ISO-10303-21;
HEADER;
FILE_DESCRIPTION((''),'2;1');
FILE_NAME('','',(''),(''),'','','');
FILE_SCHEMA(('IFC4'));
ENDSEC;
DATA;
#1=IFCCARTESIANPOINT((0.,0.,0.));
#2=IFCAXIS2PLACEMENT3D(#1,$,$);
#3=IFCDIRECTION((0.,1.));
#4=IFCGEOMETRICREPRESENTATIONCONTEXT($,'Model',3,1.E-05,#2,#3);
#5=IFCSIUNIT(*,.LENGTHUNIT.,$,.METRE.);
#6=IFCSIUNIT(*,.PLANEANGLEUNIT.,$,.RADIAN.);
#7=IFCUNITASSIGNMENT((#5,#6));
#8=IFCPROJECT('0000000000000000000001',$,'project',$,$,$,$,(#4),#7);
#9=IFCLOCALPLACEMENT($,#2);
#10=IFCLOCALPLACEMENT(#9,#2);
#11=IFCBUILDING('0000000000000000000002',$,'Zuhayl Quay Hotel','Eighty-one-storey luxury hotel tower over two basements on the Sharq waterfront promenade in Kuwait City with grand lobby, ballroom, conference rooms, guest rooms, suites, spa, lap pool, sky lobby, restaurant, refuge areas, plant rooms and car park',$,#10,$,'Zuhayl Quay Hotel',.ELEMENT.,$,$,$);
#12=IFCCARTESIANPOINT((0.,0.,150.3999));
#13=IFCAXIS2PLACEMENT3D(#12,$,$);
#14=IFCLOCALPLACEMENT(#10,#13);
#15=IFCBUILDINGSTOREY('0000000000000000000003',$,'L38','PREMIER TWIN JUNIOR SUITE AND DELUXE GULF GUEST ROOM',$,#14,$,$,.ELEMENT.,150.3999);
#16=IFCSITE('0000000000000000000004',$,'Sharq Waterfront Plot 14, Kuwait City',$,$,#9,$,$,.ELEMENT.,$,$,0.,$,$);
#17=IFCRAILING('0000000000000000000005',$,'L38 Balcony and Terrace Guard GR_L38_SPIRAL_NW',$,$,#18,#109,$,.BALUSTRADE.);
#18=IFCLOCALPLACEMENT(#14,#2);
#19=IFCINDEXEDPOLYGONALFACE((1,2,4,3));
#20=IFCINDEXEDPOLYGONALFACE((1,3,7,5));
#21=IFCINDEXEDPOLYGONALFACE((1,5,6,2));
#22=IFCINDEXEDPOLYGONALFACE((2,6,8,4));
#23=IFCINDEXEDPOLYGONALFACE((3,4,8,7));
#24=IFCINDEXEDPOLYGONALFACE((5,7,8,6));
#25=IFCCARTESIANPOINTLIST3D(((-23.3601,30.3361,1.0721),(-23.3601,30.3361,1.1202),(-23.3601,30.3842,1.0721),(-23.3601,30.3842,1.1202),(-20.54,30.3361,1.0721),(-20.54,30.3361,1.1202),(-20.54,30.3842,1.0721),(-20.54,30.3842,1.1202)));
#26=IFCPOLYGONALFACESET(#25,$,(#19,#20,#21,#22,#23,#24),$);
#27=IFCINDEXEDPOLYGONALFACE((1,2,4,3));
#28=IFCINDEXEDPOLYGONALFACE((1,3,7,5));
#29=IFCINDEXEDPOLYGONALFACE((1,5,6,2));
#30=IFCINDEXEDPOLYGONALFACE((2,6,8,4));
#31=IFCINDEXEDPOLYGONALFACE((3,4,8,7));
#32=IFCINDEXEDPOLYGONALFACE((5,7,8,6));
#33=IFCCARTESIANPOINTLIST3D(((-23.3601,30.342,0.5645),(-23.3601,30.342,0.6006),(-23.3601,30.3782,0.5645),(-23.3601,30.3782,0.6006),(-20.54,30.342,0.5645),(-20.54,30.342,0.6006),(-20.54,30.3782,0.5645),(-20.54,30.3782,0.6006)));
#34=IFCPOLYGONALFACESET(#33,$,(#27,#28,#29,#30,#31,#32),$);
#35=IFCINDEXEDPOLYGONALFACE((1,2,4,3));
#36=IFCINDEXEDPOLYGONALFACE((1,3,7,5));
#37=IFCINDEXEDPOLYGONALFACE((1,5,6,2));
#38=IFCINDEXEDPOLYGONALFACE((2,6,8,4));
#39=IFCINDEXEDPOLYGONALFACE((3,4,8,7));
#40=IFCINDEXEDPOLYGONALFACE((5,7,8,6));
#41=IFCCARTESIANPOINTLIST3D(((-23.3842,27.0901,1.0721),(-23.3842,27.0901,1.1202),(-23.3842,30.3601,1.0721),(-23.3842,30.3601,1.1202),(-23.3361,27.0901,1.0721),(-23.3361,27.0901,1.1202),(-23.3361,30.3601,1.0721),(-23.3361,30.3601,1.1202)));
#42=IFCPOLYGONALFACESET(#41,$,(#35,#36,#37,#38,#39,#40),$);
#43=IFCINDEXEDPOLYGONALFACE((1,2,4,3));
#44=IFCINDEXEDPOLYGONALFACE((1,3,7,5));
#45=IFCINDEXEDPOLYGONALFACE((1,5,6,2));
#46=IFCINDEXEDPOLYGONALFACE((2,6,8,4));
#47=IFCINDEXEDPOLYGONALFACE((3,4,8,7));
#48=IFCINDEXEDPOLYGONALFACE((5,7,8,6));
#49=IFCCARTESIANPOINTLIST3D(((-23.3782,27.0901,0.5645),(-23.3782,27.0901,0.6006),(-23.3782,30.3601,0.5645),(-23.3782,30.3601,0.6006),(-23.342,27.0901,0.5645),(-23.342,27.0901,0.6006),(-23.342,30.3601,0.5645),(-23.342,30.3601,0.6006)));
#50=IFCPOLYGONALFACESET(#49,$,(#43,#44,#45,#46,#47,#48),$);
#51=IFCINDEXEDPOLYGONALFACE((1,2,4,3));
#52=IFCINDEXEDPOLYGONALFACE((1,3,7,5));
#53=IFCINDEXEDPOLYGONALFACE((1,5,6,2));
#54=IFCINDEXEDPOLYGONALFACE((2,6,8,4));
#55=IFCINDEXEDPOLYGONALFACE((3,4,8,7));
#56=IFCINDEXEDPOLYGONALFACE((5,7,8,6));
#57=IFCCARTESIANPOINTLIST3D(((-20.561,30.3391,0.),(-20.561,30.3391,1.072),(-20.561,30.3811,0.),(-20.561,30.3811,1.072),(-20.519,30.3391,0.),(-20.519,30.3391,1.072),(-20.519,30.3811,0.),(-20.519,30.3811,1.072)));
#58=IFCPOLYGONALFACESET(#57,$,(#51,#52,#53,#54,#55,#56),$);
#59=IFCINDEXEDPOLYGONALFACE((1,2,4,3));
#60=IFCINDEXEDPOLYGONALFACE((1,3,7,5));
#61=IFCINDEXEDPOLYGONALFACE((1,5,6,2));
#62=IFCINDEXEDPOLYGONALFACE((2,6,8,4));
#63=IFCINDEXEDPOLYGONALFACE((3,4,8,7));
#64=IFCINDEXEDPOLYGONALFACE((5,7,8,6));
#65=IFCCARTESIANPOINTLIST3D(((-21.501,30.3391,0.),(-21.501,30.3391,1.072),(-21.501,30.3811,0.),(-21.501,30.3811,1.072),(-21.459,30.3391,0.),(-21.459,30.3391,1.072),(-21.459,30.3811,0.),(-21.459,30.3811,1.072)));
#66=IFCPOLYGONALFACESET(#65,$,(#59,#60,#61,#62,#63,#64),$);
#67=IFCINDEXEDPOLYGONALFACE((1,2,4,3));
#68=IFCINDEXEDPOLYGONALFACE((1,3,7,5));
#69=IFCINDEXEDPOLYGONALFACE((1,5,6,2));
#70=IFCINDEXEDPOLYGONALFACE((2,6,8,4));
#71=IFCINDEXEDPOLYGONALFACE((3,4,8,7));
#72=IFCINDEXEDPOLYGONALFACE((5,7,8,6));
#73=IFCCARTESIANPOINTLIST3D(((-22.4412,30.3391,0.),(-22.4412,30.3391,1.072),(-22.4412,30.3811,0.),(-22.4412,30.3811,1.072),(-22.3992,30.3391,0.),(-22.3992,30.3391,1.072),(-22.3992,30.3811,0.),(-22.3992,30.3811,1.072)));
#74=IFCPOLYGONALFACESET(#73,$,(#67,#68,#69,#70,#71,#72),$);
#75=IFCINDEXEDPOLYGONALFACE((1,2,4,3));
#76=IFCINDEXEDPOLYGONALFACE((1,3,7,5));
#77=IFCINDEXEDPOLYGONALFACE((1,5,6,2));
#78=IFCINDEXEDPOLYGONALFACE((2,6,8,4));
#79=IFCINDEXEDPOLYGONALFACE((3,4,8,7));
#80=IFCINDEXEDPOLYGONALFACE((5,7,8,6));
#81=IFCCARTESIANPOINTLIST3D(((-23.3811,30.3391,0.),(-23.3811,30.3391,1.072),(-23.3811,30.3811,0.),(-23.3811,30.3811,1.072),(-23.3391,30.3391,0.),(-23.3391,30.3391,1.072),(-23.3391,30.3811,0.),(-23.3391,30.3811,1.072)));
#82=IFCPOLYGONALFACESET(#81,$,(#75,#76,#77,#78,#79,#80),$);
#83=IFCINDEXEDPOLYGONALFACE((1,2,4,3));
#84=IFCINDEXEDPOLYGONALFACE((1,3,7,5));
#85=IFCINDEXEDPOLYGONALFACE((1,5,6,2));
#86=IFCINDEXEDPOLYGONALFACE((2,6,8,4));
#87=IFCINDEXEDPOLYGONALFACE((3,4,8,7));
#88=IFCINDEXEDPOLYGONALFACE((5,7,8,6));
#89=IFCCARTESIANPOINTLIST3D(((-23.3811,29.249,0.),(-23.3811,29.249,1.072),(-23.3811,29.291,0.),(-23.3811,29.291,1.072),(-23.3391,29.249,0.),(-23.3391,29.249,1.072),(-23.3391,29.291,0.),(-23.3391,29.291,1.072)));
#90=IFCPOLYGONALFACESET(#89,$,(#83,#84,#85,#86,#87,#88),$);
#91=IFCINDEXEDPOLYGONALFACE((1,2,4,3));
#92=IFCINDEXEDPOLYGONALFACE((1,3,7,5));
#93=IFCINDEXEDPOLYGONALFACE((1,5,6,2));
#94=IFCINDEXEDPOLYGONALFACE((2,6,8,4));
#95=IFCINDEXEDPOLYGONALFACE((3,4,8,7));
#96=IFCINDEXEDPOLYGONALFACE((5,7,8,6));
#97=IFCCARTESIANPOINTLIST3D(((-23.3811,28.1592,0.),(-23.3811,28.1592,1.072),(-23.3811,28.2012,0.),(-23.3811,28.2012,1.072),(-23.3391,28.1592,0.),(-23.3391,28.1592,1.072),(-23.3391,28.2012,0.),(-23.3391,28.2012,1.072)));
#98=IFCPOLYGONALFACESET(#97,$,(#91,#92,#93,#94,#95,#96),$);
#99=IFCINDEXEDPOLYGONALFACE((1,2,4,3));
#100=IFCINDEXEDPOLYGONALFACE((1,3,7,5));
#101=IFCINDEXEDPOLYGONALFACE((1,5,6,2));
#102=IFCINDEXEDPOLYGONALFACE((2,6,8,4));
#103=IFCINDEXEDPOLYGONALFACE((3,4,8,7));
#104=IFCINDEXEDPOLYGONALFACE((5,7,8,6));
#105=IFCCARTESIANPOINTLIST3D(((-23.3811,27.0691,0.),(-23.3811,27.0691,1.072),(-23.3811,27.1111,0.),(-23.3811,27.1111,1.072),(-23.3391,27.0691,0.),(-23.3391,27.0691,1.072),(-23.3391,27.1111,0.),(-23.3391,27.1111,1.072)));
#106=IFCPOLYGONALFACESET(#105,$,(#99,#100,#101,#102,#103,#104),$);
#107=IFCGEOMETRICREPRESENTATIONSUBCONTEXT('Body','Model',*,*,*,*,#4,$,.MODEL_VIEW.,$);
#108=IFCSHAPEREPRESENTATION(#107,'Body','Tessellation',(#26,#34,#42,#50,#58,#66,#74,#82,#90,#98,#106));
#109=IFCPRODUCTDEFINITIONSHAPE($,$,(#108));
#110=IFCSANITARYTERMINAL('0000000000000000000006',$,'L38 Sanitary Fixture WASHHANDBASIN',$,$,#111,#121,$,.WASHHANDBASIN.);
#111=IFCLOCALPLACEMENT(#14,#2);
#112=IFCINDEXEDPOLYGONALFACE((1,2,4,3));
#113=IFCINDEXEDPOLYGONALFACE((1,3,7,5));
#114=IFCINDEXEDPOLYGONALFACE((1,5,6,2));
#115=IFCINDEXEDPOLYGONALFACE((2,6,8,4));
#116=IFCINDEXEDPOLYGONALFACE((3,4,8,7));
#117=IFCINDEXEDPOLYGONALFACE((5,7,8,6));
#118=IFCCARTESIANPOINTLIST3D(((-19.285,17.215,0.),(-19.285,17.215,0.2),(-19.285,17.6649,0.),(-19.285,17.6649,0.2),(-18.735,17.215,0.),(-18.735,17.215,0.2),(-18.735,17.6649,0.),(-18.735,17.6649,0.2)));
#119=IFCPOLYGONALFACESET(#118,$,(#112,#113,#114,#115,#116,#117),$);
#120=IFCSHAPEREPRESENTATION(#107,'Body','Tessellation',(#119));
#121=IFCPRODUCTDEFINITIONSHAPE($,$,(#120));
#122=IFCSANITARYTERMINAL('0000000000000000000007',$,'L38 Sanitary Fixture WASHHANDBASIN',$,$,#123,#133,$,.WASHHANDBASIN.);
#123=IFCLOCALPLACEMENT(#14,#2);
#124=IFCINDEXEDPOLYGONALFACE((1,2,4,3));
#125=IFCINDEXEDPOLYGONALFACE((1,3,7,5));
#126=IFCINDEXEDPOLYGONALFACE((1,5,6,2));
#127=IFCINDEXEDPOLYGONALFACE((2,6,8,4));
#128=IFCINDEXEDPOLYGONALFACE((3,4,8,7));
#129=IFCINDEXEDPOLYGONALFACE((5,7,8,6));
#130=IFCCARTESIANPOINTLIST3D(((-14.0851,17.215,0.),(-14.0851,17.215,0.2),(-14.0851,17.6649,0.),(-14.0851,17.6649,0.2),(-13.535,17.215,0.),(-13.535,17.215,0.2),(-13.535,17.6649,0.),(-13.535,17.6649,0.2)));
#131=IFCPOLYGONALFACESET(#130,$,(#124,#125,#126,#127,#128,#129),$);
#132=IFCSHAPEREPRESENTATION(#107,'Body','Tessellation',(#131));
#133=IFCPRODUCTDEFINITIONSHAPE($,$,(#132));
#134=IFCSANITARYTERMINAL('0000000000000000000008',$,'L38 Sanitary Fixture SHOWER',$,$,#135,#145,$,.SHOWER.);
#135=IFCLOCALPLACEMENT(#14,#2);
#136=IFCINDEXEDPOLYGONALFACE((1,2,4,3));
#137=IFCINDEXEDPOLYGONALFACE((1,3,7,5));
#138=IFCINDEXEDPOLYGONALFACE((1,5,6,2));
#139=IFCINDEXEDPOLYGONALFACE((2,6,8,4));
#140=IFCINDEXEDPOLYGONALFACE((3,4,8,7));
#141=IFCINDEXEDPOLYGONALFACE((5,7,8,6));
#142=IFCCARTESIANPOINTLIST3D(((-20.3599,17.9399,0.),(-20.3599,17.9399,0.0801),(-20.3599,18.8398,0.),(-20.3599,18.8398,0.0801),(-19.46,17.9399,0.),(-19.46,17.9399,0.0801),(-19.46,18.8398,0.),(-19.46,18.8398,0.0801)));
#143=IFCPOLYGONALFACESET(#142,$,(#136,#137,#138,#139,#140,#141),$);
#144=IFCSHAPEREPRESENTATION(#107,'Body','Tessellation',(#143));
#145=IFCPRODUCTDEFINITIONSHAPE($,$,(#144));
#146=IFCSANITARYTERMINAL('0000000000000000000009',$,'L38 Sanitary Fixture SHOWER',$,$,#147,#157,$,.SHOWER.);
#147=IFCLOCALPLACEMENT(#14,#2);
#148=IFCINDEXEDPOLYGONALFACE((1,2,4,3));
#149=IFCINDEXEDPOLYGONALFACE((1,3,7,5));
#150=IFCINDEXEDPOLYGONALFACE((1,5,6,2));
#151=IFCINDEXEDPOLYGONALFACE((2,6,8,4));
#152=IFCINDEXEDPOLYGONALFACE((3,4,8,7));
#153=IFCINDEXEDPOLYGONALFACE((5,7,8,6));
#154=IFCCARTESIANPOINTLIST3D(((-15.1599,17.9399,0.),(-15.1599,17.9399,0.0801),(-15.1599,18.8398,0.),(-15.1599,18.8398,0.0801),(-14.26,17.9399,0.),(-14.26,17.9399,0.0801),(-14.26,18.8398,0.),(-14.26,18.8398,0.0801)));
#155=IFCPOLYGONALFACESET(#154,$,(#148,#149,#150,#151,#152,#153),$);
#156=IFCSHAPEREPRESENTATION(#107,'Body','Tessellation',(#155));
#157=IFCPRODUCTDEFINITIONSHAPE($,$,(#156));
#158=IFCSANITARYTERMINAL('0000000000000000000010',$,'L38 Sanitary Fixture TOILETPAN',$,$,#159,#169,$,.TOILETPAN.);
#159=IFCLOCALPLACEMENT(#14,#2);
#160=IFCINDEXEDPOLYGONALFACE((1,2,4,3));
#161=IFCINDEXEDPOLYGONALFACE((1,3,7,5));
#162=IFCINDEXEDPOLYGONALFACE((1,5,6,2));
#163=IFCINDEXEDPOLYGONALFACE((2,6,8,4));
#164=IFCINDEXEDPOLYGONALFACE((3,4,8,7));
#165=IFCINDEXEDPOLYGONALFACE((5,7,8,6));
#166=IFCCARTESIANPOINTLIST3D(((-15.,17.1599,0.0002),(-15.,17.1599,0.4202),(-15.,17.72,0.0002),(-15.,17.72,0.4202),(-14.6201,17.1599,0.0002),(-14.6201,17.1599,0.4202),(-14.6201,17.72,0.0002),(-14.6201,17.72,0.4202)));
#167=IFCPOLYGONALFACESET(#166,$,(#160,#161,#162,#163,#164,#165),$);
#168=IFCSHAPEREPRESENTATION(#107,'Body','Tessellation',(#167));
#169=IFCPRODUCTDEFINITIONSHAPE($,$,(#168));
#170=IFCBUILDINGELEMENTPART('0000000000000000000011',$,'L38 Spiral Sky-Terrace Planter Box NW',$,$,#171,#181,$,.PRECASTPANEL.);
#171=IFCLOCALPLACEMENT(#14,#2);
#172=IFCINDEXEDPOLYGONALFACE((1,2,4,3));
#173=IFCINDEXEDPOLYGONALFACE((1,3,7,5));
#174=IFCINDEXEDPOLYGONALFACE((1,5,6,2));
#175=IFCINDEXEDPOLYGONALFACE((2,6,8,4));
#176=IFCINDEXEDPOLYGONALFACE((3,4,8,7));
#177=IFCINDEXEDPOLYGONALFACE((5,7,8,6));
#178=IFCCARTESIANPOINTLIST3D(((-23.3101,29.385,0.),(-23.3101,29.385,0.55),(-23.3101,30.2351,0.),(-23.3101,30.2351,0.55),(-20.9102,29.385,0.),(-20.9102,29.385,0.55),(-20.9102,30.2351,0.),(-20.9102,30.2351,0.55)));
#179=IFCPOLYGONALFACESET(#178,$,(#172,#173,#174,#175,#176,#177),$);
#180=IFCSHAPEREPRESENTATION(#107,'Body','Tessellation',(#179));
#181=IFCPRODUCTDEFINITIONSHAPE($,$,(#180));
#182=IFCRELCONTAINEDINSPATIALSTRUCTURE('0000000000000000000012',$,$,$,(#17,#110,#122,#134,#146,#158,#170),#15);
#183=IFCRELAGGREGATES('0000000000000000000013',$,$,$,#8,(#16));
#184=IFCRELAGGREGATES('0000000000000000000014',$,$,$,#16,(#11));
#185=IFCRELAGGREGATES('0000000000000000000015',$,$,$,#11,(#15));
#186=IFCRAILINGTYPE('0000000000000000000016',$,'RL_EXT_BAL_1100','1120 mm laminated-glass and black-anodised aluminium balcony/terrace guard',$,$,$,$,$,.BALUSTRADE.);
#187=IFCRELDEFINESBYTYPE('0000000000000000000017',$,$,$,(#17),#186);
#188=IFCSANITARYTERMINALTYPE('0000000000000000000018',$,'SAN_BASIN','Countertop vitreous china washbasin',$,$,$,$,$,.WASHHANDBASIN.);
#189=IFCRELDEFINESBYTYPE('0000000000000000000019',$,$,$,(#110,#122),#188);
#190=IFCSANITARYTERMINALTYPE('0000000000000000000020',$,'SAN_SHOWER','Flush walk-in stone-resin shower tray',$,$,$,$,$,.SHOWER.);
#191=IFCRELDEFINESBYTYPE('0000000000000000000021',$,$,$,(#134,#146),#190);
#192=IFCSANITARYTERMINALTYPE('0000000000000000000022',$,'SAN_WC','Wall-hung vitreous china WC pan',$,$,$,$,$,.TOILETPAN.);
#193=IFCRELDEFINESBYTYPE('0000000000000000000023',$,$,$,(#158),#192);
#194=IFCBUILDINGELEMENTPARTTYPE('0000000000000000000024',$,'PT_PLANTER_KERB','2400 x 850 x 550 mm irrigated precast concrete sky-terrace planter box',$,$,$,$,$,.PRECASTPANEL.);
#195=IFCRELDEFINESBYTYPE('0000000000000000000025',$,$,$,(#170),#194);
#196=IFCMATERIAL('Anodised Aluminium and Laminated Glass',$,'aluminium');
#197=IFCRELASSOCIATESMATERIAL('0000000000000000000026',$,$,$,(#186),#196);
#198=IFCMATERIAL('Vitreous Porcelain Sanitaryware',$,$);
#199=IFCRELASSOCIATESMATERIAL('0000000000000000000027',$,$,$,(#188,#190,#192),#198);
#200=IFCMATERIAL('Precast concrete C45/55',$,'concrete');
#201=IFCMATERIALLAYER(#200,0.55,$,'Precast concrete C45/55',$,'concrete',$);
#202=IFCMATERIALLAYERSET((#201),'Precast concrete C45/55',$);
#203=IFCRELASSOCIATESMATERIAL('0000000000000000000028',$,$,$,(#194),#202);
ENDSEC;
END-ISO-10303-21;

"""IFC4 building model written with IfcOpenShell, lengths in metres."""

from ifc_helpers import new_model, si_unit, direction, frame, origin, origin_2d, place, context, subcontext, project, spatial, rectangle, extrude, material, layer, layer_set, type_object, element, save


model = new_model("IFC4")

# Units and contexts
model_context = context("Model", 3, precision=1e-05, world=origin(), true_north=direction((0.0, 1.0)))
body_context = subcontext(model_context, "Body", "Model", "MODEL_VIEW")
ifc_project = project(units=[si_unit("LENGTHUNIT", "METRE"), si_unit("PLANEANGLEUNIT", "RADIAN")], contexts=[model_context])

# Site, building, storey
site_placement = place(None, origin())
site = spatial("IfcSite", under=ifc_project, at=site_placement, Name="Sharq Waterfront Plot 14, Kuwait City", CompositionType="ELEMENT", RefElevation=0.0)
building_placement = place(site_placement, origin())
building = spatial("IfcBuilding", under=site, at=building_placement, Name="Zuhayl Quay Hotel", Description="Eighty-one-storey luxury hotel tower over two basements on the Sharq waterfront promenade in Kuwait City with grand lobby, ballroom, conference rooms, guest rooms, suites, spa, lap pool, sky lobby, restaurant, refuge areas, plant rooms and car park", LongName="Zuhayl Quay Hotel", CompositionType="ELEMENT")
storey_placement = place(building_placement, frame((0.0, 0.0, 150.3999)))
storey = spatial("IfcBuildingStorey", under=building, at=storey_placement, Name="L38", Description="PREMIER TWIN JUNIOR SUITE AND DELUXE GULF GUEST ROOM", CompositionType="ELEMENT", Elevation=150.3999)

# Shared definitions
ifc_material_1 = material(Name="Precast concrete C45/55", Category="concrete")

# Railing
ifc_material_2 = material(Name="Anodised Aluminium and Laminated Glass", Category="aluminium")
railing_type = type_object("IfcRailingType", Name="RL_EXT_BAL_1100", Description="1120 mm laminated-glass and black-anodised aluminium balcony/terrace guard", PredefinedType="BALUSTRADE", material=ifc_material_2)
railing_1_placement = place(storey_placement, frame((-20.54, 30.3601, 0.0)))
element("IfcRailing", 1, at=railing_1_placement, inside=storey, type_object=railing_type, Name="L38 Balcony and Terrace Guard GR_L38_SPIRAL_NW", PredefinedType="BALUSTRADE", context=body_context, shape_type="SweptSolid", body=[
    extrude(rectangle(XDim=0.0481, YDim=0.0481, at=origin_2d()), frame((0.0, 0.0, 1.0962), z_axis=(-1.0, 0.0, 0.0), x_axis=(0.0, -1.0, 0.0)), (0.0, 0.0, 1.0), 2.8201),
    extrude(rectangle(XDim=0.0361, YDim=0.0361, at=origin_2d()), frame((0.0, 0.0, 0.5825), z_axis=(-1.0, 0.0, 0.0), x_axis=(0.0, -1.0, 0.0)), (0.0, 0.0, 1.0), 2.8201),
    extrude(rectangle(XDim=0.0481, YDim=0.0481, at=origin_2d()), frame((-2.8201, 0.0, 1.0962), z_axis=(0.0, -1.0, 0.0), x_axis=(1.0, 0.0, 0.0)), (0.0, 0.0, 1.0), 3.27),
    extrude(rectangle(XDim=0.0361, YDim=0.0361, at=origin_2d()), frame((-2.8201, 0.0, 0.5825), z_axis=(0.0, -1.0, 0.0), x_axis=(1.0, 0.0, 0.0)), (0.0, 0.0, 1.0), 3.27),
    extrude(rectangle(XDim=0.042, YDim=0.042, at=origin_2d()), origin(), (0.0, 0.0, 1.0), 1.072),
    extrude(rectangle(XDim=0.042, YDim=0.042, at=origin_2d()), frame((-0.9399, 0.0, 0.0)), (0.0, 0.0, 1.0), 1.072),
    extrude(rectangle(XDim=0.042, YDim=0.042, at=origin_2d()), frame((-1.8801, 0.0, 0.0)), (0.0, 0.0, 1.0), 1.072),
    extrude(rectangle(XDim=0.042, YDim=0.042, at=origin_2d()), frame((-2.8201, 0.0, 0.0)), (0.0, 0.0, 1.0), 1.072),
    extrude(rectangle(XDim=0.042, YDim=0.042, at=origin_2d()), frame((-2.8201, -1.0901, 0.0)), (0.0, 0.0, 1.0), 1.072),
    extrude(rectangle(XDim=0.042, YDim=0.042, at=origin_2d()), frame((-2.8201, -2.1799, 0.0)), (0.0, 0.0, 1.0), 1.072),
    extrude(rectangle(XDim=0.042, YDim=0.042, at=origin_2d()), frame((-2.8201, -3.27, 0.0)), (0.0, 0.0, 1.0), 1.072),
])

# Sanitary terminals
ifc_material_3 = material(Name="Vitreous Porcelain Sanitaryware")
sanitary_terminal_type_1 = type_object("IfcSanitaryTerminalType", Name="SAN_BASIN", Description="Countertop vitreous china washbasin", PredefinedType="WASHHANDBASIN", material=ifc_material_3)
for number, where, z_axis, x_axis, name in (
    (2, (-19.01, 17.4399, 0.0), (0.0, 0.0, 1.0), (1.0, 0.0, 0.0), "L38 Sanitary Fixture WASHHANDBASIN"),
    (3, (-13.8101, 17.4399, 0.0), (0.0, 0.0, 1.0), (1.0, 0.0, 0.0), "L38 Sanitary Fixture WASHHANDBASIN"),
):
    element("IfcSanitaryTerminal", number, at=place(storey_placement, frame(where, z_axis=z_axis, x_axis=x_axis)), inside=storey, type_object=sanitary_terminal_type_1, Name=name, PredefinedType="WASHHANDBASIN", context=body_context, shape_type="SweptSolid", body=[
        extrude(rectangle(XDim=0.55, YDim=0.45, at=origin_2d()), origin(), (0.0, 0.0, 1.0), 0.2),
    ])
sanitary_terminal_type_2 = type_object("IfcSanitaryTerminalType", Name="SAN_SHOWER", Description="Flush walk-in stone-resin shower tray", PredefinedType="SHOWER", material=ifc_material_3)
for number, where, z_axis, x_axis, name in (
    (4, (-19.9099, 18.3899, 0.0), (0.0, 0.0, 1.0), (1.0, 0.0, 0.0), "L38 Sanitary Fixture SHOWER"),
    (5, (-14.71, 18.3899, 0.0), (0.0, 0.0, 1.0), (1.0, 0.0, 0.0), "L38 Sanitary Fixture SHOWER"),
):
    element("IfcSanitaryTerminal", number, at=place(storey_placement, frame(where, z_axis=z_axis, x_axis=x_axis)), inside=storey, type_object=sanitary_terminal_type_2, Name=name, PredefinedType="SHOWER", context=body_context, shape_type="SweptSolid", body=[
        extrude(rectangle(XDim=0.8999, YDim=0.8999, at=origin_2d()), origin(), (0.0, 0.0, 1.0), 0.0801),
    ])
sanitary_terminal_type_3 = type_object("IfcSanitaryTerminalType", Name="SAN_WC", Description="Wall-hung vitreous china WC pan", PredefinedType="TOILETPAN", material=ifc_material_3)
sanitary_terminal_placement = place(storey_placement, frame((-14.8101, 17.4399, 0.0002), z_axis=(0.0, 0.0, 1.0), x_axis=(1.0, 0.0, 0.0)))
element("IfcSanitaryTerminal", 6, at=sanitary_terminal_placement, inside=storey, type_object=sanitary_terminal_type_3, Name="L38 Sanitary Fixture TOILETPAN", PredefinedType="TOILETPAN", context=body_context, shape_type="SweptSolid", body=[
    extrude(rectangle(XDim=0.3799, YDim=0.5601, at=origin_2d()), origin(), (0.0, 0.0, 1.0), 0.4199),
])

# Building element part
ifc_layer_1 = layer(ifc_material_1, 0.55, Name="Precast concrete C45/55", Category="concrete")
ifc_layer_set_1 = layer_set([ifc_layer_1], Name="Precast concrete C45/55")
building_element_part_type = type_object("IfcBuildingElementPartType", Name="PT_PLANTER_KERB", Description="2400 x 850 x 550 mm irrigated precast concrete sky-terrace planter box", PredefinedType="PRECASTPANEL", material=ifc_layer_set_1)
building_element_part_placement = place(storey_placement, frame((-22.1101, 29.8101, 0.0), z_axis=(0.0, 0.0, 1.0), x_axis=(1.0, 0.0, 0.0)))
element("IfcBuildingElementPart", 7, at=building_element_part_placement, inside=storey, type_object=building_element_part_type, Name="L38 Spiral Sky-Terrace Planter Box NW", PredefinedType="PRECASTPANEL", context=body_context, shape_type="SweptSolid", body=[
    extrude(rectangle(XDim=2.3999, YDim=0.8501, at=origin_2d()), origin(), (0.0, 0.0, 1.0), 0.55),
])

save(model, "model.ifc")
